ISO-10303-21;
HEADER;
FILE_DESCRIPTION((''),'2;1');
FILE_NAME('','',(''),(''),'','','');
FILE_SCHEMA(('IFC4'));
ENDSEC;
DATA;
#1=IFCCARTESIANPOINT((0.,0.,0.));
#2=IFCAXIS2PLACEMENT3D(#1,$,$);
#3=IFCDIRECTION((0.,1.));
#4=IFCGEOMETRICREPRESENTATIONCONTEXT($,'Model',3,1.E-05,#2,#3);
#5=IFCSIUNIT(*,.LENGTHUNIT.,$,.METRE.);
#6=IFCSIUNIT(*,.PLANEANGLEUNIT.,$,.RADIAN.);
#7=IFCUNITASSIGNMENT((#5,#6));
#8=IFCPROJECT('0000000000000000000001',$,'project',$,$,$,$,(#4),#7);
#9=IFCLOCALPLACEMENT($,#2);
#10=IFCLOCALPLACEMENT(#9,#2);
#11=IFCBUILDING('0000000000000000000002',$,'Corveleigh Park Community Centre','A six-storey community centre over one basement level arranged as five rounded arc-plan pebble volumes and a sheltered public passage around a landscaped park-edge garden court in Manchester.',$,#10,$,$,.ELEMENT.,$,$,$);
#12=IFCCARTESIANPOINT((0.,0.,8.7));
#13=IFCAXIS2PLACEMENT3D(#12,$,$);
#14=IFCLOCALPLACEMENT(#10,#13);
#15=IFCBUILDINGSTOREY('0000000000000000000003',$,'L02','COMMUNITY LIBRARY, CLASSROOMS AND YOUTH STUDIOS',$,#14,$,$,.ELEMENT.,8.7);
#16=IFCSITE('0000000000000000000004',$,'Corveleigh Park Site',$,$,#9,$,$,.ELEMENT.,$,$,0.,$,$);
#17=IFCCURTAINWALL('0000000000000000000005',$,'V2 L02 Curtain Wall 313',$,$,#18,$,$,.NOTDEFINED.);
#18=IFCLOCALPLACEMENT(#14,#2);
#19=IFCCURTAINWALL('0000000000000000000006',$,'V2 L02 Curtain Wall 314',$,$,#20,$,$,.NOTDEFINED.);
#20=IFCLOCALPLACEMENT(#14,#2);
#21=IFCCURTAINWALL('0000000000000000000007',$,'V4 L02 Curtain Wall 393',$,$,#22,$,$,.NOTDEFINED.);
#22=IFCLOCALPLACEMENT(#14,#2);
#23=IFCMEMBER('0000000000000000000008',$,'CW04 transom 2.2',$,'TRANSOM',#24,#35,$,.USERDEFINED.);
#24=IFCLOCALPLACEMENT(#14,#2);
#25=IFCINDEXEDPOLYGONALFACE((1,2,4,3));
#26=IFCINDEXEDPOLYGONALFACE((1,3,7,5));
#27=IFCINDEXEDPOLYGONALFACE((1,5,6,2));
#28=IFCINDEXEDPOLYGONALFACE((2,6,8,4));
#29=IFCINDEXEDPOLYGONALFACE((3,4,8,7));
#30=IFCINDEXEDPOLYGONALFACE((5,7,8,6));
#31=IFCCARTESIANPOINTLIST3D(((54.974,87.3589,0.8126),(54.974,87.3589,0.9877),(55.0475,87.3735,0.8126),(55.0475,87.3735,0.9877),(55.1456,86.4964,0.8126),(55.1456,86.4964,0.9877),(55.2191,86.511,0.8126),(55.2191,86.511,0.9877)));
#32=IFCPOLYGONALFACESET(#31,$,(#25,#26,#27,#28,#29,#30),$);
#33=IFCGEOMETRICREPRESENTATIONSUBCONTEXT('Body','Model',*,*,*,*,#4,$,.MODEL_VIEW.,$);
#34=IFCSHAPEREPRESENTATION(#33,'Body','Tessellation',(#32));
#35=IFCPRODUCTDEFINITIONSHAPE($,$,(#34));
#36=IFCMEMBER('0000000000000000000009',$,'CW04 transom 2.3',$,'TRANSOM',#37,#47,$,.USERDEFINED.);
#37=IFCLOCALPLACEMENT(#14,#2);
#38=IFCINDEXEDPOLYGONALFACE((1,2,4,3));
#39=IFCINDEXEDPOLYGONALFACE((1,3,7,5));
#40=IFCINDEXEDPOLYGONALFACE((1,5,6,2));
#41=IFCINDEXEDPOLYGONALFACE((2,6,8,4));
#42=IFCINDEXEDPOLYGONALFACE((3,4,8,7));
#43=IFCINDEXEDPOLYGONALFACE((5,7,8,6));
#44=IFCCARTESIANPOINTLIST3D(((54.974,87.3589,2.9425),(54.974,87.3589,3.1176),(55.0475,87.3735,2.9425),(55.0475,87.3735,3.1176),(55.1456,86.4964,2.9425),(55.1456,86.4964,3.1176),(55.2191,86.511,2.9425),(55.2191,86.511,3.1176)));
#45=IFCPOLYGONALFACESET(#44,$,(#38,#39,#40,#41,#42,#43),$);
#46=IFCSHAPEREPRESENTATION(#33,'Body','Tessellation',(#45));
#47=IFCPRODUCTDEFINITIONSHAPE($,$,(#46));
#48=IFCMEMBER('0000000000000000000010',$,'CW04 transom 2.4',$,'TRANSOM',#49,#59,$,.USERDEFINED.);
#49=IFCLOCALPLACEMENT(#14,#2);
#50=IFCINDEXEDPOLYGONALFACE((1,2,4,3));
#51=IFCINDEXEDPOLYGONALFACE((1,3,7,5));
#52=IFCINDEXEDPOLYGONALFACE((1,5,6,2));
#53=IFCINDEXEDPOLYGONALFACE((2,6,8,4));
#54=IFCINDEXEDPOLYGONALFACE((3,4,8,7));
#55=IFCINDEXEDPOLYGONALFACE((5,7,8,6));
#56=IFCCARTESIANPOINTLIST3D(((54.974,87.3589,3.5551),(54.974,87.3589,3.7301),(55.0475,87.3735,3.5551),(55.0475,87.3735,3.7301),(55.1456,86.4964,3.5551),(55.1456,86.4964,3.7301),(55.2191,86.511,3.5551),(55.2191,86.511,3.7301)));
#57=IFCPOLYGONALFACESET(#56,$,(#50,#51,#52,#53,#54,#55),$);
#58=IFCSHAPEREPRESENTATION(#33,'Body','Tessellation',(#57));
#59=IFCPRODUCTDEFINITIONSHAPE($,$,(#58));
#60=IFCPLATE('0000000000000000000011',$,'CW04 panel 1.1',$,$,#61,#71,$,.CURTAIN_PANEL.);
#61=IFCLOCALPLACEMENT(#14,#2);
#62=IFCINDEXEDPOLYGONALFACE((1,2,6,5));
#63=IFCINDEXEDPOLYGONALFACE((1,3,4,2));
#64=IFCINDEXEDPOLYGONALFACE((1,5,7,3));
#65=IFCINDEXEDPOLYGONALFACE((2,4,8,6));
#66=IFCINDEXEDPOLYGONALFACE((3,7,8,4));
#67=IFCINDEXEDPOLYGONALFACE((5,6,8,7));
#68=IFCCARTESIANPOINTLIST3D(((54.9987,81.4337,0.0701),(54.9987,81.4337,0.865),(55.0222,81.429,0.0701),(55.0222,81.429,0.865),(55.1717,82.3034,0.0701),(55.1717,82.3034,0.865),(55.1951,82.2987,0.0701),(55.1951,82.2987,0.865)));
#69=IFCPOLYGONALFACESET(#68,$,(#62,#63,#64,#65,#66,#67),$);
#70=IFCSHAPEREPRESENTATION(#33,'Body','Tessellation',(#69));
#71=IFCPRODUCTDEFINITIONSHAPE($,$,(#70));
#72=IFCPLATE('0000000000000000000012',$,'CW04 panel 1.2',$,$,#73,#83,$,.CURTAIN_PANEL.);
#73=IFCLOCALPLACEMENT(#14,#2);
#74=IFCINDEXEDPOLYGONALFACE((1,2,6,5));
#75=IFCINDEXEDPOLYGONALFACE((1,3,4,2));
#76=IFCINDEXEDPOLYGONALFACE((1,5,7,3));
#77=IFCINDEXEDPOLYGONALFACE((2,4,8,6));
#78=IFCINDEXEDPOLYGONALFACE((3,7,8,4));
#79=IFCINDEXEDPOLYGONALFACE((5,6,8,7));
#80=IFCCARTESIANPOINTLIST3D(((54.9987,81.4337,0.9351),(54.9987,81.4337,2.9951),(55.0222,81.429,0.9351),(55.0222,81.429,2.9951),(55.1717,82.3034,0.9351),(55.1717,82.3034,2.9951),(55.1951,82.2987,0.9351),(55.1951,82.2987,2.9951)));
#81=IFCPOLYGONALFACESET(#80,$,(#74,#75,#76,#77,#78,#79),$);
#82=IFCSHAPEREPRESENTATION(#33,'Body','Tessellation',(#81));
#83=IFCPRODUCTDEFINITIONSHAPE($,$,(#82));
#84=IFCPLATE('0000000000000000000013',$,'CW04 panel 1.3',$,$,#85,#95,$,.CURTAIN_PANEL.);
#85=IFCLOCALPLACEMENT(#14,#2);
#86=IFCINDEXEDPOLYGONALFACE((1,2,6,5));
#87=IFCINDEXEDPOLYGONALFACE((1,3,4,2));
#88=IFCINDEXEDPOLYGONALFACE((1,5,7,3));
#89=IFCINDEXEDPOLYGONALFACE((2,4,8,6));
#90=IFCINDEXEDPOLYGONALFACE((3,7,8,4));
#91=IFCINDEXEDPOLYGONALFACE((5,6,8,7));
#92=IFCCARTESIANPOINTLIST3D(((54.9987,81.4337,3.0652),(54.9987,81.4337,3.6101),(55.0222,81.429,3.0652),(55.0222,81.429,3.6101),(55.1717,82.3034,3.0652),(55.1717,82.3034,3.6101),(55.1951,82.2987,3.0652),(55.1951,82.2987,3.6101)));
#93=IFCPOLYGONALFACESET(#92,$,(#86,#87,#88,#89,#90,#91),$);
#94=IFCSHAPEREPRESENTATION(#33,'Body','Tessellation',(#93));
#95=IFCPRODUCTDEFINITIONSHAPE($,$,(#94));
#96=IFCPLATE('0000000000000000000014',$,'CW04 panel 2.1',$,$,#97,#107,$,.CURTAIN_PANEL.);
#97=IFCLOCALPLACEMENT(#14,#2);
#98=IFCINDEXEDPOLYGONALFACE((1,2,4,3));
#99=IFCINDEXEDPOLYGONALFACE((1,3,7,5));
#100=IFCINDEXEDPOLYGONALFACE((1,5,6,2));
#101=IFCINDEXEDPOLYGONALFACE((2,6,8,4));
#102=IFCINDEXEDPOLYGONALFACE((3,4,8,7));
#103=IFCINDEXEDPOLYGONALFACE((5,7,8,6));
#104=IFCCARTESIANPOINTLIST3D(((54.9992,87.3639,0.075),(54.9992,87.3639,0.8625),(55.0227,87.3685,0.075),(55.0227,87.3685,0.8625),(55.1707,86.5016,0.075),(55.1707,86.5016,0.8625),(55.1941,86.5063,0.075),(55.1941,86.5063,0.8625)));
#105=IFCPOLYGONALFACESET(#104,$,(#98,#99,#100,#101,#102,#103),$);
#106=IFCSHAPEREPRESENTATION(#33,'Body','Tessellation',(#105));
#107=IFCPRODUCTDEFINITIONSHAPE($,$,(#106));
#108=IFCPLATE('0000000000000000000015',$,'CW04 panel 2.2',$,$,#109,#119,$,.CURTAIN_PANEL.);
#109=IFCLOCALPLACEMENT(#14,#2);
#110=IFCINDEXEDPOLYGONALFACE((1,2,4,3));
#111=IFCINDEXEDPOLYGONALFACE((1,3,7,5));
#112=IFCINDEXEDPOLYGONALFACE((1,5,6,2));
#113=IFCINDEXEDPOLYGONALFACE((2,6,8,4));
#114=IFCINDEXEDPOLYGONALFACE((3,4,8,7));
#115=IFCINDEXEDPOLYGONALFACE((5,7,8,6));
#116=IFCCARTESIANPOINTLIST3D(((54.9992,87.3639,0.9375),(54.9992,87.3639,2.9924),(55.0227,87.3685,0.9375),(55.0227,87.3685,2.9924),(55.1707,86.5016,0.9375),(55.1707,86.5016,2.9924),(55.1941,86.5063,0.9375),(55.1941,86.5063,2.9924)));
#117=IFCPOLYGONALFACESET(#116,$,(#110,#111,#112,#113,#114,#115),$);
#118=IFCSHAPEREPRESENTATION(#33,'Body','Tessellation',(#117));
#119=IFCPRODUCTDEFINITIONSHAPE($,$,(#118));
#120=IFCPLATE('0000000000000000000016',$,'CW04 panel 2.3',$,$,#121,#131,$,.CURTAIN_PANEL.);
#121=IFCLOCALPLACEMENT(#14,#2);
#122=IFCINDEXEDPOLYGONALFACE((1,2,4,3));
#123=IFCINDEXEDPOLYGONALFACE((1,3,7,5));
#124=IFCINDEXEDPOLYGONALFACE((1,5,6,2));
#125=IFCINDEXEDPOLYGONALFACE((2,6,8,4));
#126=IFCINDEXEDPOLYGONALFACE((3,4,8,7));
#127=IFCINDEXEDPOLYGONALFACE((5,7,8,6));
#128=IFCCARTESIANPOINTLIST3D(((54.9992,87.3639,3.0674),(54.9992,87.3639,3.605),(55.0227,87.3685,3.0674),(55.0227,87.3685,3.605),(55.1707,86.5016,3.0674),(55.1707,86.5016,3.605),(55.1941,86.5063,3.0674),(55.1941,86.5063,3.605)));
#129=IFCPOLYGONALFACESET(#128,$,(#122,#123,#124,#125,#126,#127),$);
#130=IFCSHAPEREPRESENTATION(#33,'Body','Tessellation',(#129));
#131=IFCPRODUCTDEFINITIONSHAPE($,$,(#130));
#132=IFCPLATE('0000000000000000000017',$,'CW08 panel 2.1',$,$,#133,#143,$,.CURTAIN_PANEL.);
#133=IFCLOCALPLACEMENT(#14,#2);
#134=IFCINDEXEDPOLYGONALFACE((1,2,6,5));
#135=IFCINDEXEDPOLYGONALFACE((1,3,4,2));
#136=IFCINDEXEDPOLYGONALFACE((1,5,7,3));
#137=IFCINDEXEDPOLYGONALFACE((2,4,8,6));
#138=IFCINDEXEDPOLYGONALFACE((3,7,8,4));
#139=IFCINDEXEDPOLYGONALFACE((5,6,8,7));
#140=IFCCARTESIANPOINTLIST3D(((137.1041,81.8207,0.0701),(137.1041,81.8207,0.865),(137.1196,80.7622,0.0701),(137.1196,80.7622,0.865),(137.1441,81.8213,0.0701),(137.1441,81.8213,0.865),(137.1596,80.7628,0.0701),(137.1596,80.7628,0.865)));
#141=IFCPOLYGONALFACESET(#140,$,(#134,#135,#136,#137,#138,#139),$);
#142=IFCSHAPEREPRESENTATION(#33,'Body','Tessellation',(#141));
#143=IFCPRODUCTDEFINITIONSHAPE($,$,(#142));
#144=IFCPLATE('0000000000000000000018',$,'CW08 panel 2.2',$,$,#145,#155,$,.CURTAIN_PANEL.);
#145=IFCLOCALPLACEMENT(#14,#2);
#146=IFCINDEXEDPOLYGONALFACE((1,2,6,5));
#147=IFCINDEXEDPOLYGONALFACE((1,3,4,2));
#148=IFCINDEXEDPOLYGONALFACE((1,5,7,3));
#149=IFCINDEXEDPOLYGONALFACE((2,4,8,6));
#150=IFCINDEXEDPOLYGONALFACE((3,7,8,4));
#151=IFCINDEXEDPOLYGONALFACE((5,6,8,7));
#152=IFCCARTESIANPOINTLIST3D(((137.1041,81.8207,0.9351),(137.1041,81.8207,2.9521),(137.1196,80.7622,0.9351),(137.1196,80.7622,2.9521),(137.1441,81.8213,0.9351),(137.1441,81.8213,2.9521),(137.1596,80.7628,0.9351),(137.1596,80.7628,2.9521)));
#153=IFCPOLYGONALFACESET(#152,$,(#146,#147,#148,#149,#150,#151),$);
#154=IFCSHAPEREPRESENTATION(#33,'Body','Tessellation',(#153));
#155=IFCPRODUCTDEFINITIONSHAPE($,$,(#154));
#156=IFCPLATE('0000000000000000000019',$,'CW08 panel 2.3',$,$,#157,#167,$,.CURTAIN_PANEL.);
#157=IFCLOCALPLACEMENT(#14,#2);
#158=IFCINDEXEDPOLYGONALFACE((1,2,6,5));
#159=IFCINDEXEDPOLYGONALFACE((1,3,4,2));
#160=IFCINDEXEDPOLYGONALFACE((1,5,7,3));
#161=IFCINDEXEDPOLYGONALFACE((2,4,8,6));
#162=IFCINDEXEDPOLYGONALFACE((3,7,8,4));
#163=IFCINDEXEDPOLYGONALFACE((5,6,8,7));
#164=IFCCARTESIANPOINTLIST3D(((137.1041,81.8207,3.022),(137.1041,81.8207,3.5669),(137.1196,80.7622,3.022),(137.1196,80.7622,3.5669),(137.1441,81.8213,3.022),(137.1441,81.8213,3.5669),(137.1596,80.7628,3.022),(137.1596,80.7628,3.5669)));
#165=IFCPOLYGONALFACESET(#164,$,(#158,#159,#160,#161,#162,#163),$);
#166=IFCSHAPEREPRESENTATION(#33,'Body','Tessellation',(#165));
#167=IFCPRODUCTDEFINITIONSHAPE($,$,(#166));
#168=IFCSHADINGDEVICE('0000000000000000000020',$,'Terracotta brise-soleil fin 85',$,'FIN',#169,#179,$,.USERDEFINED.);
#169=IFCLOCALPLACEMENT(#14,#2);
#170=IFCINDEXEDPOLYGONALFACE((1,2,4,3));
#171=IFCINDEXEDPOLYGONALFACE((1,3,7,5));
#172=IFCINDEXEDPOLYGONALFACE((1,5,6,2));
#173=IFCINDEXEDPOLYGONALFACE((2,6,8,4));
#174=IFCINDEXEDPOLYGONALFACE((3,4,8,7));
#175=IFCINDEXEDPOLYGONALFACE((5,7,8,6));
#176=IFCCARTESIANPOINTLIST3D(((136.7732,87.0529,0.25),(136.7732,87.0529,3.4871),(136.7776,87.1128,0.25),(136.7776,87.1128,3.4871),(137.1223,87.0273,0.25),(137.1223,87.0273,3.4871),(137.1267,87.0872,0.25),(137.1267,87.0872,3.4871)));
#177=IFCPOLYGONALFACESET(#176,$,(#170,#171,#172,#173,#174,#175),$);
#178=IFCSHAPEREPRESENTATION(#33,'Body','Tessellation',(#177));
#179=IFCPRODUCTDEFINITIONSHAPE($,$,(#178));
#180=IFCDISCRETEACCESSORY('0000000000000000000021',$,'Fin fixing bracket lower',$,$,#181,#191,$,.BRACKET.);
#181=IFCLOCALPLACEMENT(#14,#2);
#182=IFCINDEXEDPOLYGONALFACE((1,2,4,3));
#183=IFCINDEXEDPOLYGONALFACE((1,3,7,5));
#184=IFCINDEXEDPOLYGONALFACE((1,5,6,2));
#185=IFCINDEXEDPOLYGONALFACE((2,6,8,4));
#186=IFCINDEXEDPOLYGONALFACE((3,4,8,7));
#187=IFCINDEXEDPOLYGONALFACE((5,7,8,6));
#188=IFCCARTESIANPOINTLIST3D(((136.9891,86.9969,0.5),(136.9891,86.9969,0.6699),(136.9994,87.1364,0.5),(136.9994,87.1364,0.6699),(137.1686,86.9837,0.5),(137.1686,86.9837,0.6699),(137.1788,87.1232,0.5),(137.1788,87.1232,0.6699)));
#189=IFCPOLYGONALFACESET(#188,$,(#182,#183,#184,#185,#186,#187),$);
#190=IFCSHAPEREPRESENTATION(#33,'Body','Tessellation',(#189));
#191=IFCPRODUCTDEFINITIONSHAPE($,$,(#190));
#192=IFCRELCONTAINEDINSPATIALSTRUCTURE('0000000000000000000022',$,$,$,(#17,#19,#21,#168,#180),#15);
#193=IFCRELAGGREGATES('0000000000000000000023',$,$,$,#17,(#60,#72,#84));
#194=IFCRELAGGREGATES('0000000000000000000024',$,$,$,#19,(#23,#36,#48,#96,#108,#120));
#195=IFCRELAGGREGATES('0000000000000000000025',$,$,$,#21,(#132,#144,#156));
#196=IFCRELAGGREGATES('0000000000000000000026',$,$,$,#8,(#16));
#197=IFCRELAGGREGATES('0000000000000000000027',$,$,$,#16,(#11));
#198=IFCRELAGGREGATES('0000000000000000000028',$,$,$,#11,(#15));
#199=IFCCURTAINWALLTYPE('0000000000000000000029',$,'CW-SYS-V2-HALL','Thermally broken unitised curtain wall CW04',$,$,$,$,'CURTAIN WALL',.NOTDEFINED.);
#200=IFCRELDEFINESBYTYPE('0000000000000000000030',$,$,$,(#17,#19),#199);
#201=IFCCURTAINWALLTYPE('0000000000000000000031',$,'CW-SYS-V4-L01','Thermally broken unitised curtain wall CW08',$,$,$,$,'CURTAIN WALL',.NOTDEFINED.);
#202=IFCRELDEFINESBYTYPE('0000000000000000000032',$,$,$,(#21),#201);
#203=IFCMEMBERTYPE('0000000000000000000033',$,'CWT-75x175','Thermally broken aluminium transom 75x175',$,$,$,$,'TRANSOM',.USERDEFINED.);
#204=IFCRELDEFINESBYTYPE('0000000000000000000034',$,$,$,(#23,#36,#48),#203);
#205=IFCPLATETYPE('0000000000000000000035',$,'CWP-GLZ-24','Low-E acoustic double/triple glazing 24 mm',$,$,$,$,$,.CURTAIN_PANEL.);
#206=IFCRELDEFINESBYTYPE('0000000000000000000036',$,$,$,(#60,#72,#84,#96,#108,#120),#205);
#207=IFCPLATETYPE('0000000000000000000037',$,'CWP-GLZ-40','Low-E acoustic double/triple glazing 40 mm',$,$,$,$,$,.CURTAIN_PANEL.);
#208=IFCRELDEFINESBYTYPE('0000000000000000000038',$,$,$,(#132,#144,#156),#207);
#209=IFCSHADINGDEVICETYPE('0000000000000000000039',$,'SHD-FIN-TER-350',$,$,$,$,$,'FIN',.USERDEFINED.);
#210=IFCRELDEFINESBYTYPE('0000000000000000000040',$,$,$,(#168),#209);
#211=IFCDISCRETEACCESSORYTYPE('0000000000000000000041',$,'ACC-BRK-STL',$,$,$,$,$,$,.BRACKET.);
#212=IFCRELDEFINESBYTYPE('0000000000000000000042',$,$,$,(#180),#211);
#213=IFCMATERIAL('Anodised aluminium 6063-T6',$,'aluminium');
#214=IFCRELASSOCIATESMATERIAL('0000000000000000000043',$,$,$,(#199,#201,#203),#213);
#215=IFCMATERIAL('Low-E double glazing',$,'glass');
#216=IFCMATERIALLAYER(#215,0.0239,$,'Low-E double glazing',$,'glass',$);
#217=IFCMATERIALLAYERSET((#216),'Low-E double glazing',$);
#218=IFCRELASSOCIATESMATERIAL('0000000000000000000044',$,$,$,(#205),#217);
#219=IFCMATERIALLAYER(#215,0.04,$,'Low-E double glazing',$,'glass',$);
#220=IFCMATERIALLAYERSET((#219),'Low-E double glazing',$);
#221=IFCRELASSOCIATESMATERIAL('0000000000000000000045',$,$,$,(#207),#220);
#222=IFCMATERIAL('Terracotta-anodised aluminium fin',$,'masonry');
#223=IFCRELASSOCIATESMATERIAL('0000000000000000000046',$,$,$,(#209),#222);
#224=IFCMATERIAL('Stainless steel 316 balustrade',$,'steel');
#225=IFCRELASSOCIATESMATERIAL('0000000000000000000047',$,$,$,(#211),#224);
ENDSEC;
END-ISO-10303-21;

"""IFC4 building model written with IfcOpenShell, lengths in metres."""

from ifc_helpers import new_model, si_unit, direction, frame, origin, origin_2d, place, context, subcontext, project, spatial, rectangle, extrude, material, layer, layer_set, material_profile, profile_set, type_object, element, aggregate, save


model = new_model("IFC4")

# Units and contexts
model_context = context("Model", 3, precision=1e-05, world=origin(), true_north=direction((0.0, 1.0)))
body_context = subcontext(model_context, "Body", "Model", "MODEL_VIEW")
ifc_project = project(units=[si_unit("LENGTHUNIT", "METRE"), si_unit("PLANEANGLEUNIT", "RADIAN")], contexts=[model_context])

# Site, building, storey
site_placement = place(None, origin())
site = spatial("IfcSite", under=ifc_project, at=site_placement, Name="Corveleigh Park Site", CompositionType="ELEMENT", RefElevation=0.0)
building_placement = place(site_placement, origin())
building = spatial("IfcBuilding", under=site, at=building_placement, Name="Corveleigh Park Community Centre", Description="A six-storey community centre over one basement level arranged as five rounded arc-plan pebble volumes and a sheltered public passage around a landscaped park-edge garden court in Manchester.", CompositionType="ELEMENT")
storey_placement = place(building_placement, frame((0.0, 0.0, 8.7)))
storey = spatial("IfcBuildingStorey", under=building, at=storey_placement, Name="L02", Description="COMMUNITY LIBRARY, CLASSROOMS AND YOUTH STUDIOS", CompositionType="ELEMENT", Elevation=8.7)

# Curtain walls
ifc_material_1 = material(Name="Anodised aluminium 6063-T6", Category="aluminium")
curtain_wall_type_1 = type_object("IfcCurtainWallType", Name="CW-SYS-V2-HALL", Description="Thermally broken unitised curtain wall CW04", ElementType="CURTAIN WALL", PredefinedType="NOTDEFINED", material=ifc_material_1)
curtain_wall_1_placement = place(storey_placement, origin())
curtain_wall_1 = element("IfcCurtainWall", 1, at=curtain_wall_1_placement, inside=storey, type_object=curtain_wall_type_1, Name="V2 L02 Curtain Wall 313", PredefinedType="NOTDEFINED")
curtain_wall_2_placement = place(storey_placement, origin())
curtain_wall_2 = element("IfcCurtainWall", 2, at=curtain_wall_2_placement, inside=storey, type_object=curtain_wall_type_1, Name="V2 L02 Curtain Wall 314", PredefinedType="NOTDEFINED")
curtain_wall_type_2 = type_object("IfcCurtainWallType", Name="CW-SYS-V4-L01", Description="Thermally broken unitised curtain wall CW08", ElementType="CURTAIN WALL", PredefinedType="NOTDEFINED", material=ifc_material_1)
curtain_wall_3_placement = place(storey_placement, origin())
curtain_wall_3 = element("IfcCurtainWall", 3, at=curtain_wall_3_placement, inside=storey, type_object=curtain_wall_type_2, Name="V4 L02 Curtain Wall 393", PredefinedType="NOTDEFINED")

# Members
ifc_material_profile_1 = material_profile(ifc_material_1, rectangle(XDim=0.075, YDim=0.175, at=origin_2d()), Name="ALU-T75x175", Category="aluminium")
ifc_profile_set_1 = profile_set([ifc_material_profile_1], Name="Anodised aluminium 6063-T6")
member_type_1 = type_object("IfcMemberType", Name="CWT-75x175", Description="Thermally broken aluminium transom 75x175", ElementType="TRANSOM", PredefinedType="USERDEFINED", material=ifc_profile_set_1)
member_1_placement = place(storey_placement, frame((55.0107, 87.3662, 0.9001), z_axis=(0.195155, -0.980772, 0.0), x_axis=(0.980772, 0.195155, 0.0)))
member_1 = element("IfcMember", 4, at=member_1_placement, type_object=member_type_1, Name="CW04 transom 2.2", ObjectType="TRANSOM", PredefinedType="USERDEFINED", context=body_context, shape_type="SweptSolid", body=[
    extrude(rectangle(XDim=0.075, YDim=0.175, at=origin_2d()), origin(), (0.0, 0.0, 1.0), 0.8794),
])
member_2_placement = place(storey_placement, frame((55.0107, 87.3662, 3.03), z_axis=(0.195155, -0.980772, 0.0), x_axis=(0.980772, 0.195155, 0.0)))
member_2 = element("IfcMember", 5, at=member_2_placement, type_object=member_type_1, Name="CW04 transom 2.3", ObjectType="TRANSOM", PredefinedType="USERDEFINED", context=body_context, shape_type="SweptSolid", body=[
    extrude(rectangle(XDim=0.075, YDim=0.175, at=origin_2d()), origin(), (0.0, 0.0, 1.0), 0.8794),
])
member_3_placement = place(storey_placement, frame((55.0107, 87.3662, 3.6426), z_axis=(0.195155, -0.980772, 0.0), x_axis=(0.980772, 0.195155, 0.0)))
member_3 = element("IfcMember", 6, at=member_3_placement, type_object=member_type_1, Name="CW04 transom 2.4", ObjectType="TRANSOM", PredefinedType="USERDEFINED", context=body_context, shape_type="SweptSolid", body=[
    extrude(rectangle(XDim=0.075, YDim=0.175, at=origin_2d()), origin(), (0.0, 0.0, 1.0), 0.8794),
])

# Plates
ifc_material_2 = material(Name="Low-E double glazing", Category="glass")
ifc_layer_1 = layer(ifc_material_2, 0.0239, Name="Low-E double glazing", Category="glass")
ifc_layer_set_1 = layer_set([ifc_layer_1], Name="Low-E double glazing")
plate_type_1 = type_object("IfcPlateType", Name="CWP-GLZ-24", Description="Low-E acoustic double/triple glazing 24 mm", PredefinedType="CURTAIN_PANEL", material=ifc_layer_set_1)
plate_1_placement = place(storey_placement, frame((55.0969, 81.8662, 0.0701), z_axis=(0.0, 0.0, 1.0), x_axis=(-0.195033, -0.980797, 0.0)))
plate_1 = element("IfcPlate", 7, at=plate_1_placement, type_object=plate_type_1, Name="CW04 panel 1.1", PredefinedType="CURTAIN_PANEL", context=body_context, shape_type="SweptSolid", body=[
    extrude(rectangle(XDim=0.8867, YDim=0.0239, at=origin_2d()), origin(), (0.0, 0.0, 1.0), 0.7949),
])
plate_2_placement = place(storey_placement, frame((55.0969, 81.8662, 0.9351), z_axis=(0.0, 0.0, 1.0), x_axis=(-0.195033, -0.980797, 0.0)))
plate_2 = element("IfcPlate", 8, at=plate_2_placement, type_object=plate_type_1, Name="CW04 panel 1.2", PredefinedType="CURTAIN_PANEL", context=body_context, shape_type="SweptSolid", body=[
    extrude(rectangle(XDim=0.8867, YDim=0.0239, at=origin_2d()), origin(), (0.0, 0.0, 1.0), 2.0601),
])
plate_3_placement = place(storey_placement, frame((55.0969, 81.8662, 3.0652), z_axis=(0.0, 0.0, 1.0), x_axis=(-0.195033, -0.980797, 0.0)))
plate_3 = element("IfcPlate", 9, at=plate_3_placement, type_object=plate_type_1, Name="CW04 panel 1.3", PredefinedType="CURTAIN_PANEL", context=body_context, shape_type="SweptSolid", body=[
    extrude(rectangle(XDim=0.8867, YDim=0.0239, at=origin_2d()), origin(), (0.0, 0.0, 1.0), 0.5449),
])
aggregate(curtain_wall_1, [plate_1, plate_2, plate_3])
plate_4_placement = place(storey_placement, frame((55.0967, 86.9351, 0.075), z_axis=(0.0, 0.0, 1.0), x_axis=(0.195033, -0.980797, 0.0)))
plate_4 = element("IfcPlate", 10, at=plate_4_placement, type_object=plate_type_1, Name="CW04 panel 2.1", PredefinedType="CURTAIN_PANEL", context=body_context, shape_type="SweptSolid", body=[
    extrude(rectangle(XDim=0.8792, YDim=0.0239, at=origin_2d()), origin(), (0.0, 0.0, 1.0), 0.7876),
])
plate_5_placement = place(storey_placement, frame((55.0967, 86.9351, 0.9375), z_axis=(0.0, 0.0, 1.0), x_axis=(0.195033, -0.980797, 0.0)))
plate_5 = element("IfcPlate", 11, at=plate_5_placement, type_object=plate_type_1, Name="CW04 panel 2.2", PredefinedType="CURTAIN_PANEL", context=body_context, shape_type="SweptSolid", body=[
    extrude(rectangle(XDim=0.8792, YDim=0.0239, at=origin_2d()), origin(), (0.0, 0.0, 1.0), 2.0549),
])
plate_6_placement = place(storey_placement, frame((55.0967, 86.9351, 3.0674), z_axis=(0.0, 0.0, 1.0), x_axis=(0.195033, -0.980797, 0.0)))
plate_6 = element("IfcPlate", 12, at=plate_6_placement, type_object=plate_type_1, Name="CW04 panel 2.3", PredefinedType="CURTAIN_PANEL", context=body_context, shape_type="SweptSolid", body=[
    extrude(rectangle(XDim=0.8792, YDim=0.0239, at=origin_2d()), origin(), (0.0, 0.0, 1.0), 0.5376),
])
aggregate(curtain_wall_2, [member_1, member_2, member_3, plate_4, plate_5, plate_6])
ifc_layer_2 = layer(ifc_material_2, 0.04, Name="Low-E double glazing", Category="glass")
ifc_layer_set_2 = layer_set([ifc_layer_2], Name="Low-E double glazing")
plate_type_2 = type_object("IfcPlateType", Name="CWP-GLZ-40", Description="Low-E acoustic double/triple glazing 40 mm", PredefinedType="CURTAIN_PANEL", material=ifc_layer_set_2)
plate_7_placement = place(storey_placement, frame((137.1318, 81.2917, 0.0701), z_axis=(0.0, 0.0, 1.0), x_axis=(-0.01461, 0.999893, 0.0)))
plate_7 = element("IfcPlate", 13, at=plate_7_placement, type_object=plate_type_2, Name="CW08 panel 2.1", PredefinedType="CURTAIN_PANEL", context=body_context, shape_type="SweptSolid", body=[
    extrude(rectangle(XDim=1.0586, YDim=0.04, at=origin_2d()), origin(), (0.0, 0.0, 1.0), 0.7949),
])
plate_8_placement = place(storey_placement, frame((137.1318, 81.2917, 0.9351), z_axis=(0.0, 0.0, 1.0), x_axis=(-0.01461, 0.999893, 0.0)))
plate_8 = element("IfcPlate", 14, at=plate_8_placement, type_object=plate_type_2, Name="CW08 panel 2.2", PredefinedType="CURTAIN_PANEL", context=body_context, shape_type="SweptSolid", body=[
    extrude(rectangle(XDim=1.0586, YDim=0.04, at=origin_2d()), origin(), (0.0, 0.0, 1.0), 2.0171),
])
plate_9_placement = place(storey_placement, frame((137.1318, 81.2917, 3.022), z_axis=(0.0, 0.0, 1.0), x_axis=(-0.01461, 0.999893, 0.0)))
plate_9 = element("IfcPlate", 15, at=plate_9_placement, type_object=plate_type_2, Name="CW08 panel 2.3", PredefinedType="CURTAIN_PANEL", context=body_context, shape_type="SweptSolid", body=[
    extrude(rectangle(XDim=1.0586, YDim=0.04, at=origin_2d()), origin(), (0.0, 0.0, 1.0), 0.5449),
])
aggregate(curtain_wall_3, [plate_7, plate_8, plate_9])

# Shared definitions
ifc_material_3 = material(Name="Stainless steel 316 balustrade", Category="steel")

# Shading device
ifc_material_4 = material(Name="Terracotta-anodised aluminium fin", Category="masonry")
shading_device_type = type_object("IfcShadingDeviceType", Name="SHD-FIN-TER-350", ElementType="FIN", PredefinedType="USERDEFINED", material=ifc_material_4)
shading_device_placement = place(storey_placement, frame((136.95, 87.0701, 0.25), z_axis=(0.0, 0.0, 1.0), x_axis=(-0.997328, 0.073049, 0.0)))
element("IfcShadingDevice", 16, at=shading_device_placement, inside=storey, type_object=shading_device_type, Name="Terracotta brise-soleil fin 85", ObjectType="FIN", PredefinedType="USERDEFINED", context=body_context, shape_type="SweptSolid", body=[
    extrude(rectangle(XDim=0.3501, YDim=0.0601, at=origin_2d()), origin(), (0.0, 0.0, 1.0), 3.2371),
])

# Discrete accessory
discrete_accessory_type = type_object("IfcDiscreteAccessoryType", Name="ACC-BRK-STL", PredefinedType="BRACKET", material=ifc_material_3)
for number, where, z_axis, x_axis, name in (
    (17, (137.084, 87.0601, 0.5), (0.0, 0.0, 1.0), (-0.997328, 0.073049, 0.0), "Fin fixing bracket lower"),
):
    element("IfcDiscreteAccessory", number, at=place(storey_placement, frame(where, z_axis=z_axis, x_axis=x_axis)), inside=storey, type_object=discrete_accessory_type, Name=name, PredefinedType="BRACKET", context=body_context, shape_type="SweptSolid", body=[
        extrude(rectangle(XDim=0.1799, YDim=0.1399, at=origin_2d()), origin(), (0.0, 0.0, 1.0), 0.1699),
    ])

save(model, "model.ifc")
